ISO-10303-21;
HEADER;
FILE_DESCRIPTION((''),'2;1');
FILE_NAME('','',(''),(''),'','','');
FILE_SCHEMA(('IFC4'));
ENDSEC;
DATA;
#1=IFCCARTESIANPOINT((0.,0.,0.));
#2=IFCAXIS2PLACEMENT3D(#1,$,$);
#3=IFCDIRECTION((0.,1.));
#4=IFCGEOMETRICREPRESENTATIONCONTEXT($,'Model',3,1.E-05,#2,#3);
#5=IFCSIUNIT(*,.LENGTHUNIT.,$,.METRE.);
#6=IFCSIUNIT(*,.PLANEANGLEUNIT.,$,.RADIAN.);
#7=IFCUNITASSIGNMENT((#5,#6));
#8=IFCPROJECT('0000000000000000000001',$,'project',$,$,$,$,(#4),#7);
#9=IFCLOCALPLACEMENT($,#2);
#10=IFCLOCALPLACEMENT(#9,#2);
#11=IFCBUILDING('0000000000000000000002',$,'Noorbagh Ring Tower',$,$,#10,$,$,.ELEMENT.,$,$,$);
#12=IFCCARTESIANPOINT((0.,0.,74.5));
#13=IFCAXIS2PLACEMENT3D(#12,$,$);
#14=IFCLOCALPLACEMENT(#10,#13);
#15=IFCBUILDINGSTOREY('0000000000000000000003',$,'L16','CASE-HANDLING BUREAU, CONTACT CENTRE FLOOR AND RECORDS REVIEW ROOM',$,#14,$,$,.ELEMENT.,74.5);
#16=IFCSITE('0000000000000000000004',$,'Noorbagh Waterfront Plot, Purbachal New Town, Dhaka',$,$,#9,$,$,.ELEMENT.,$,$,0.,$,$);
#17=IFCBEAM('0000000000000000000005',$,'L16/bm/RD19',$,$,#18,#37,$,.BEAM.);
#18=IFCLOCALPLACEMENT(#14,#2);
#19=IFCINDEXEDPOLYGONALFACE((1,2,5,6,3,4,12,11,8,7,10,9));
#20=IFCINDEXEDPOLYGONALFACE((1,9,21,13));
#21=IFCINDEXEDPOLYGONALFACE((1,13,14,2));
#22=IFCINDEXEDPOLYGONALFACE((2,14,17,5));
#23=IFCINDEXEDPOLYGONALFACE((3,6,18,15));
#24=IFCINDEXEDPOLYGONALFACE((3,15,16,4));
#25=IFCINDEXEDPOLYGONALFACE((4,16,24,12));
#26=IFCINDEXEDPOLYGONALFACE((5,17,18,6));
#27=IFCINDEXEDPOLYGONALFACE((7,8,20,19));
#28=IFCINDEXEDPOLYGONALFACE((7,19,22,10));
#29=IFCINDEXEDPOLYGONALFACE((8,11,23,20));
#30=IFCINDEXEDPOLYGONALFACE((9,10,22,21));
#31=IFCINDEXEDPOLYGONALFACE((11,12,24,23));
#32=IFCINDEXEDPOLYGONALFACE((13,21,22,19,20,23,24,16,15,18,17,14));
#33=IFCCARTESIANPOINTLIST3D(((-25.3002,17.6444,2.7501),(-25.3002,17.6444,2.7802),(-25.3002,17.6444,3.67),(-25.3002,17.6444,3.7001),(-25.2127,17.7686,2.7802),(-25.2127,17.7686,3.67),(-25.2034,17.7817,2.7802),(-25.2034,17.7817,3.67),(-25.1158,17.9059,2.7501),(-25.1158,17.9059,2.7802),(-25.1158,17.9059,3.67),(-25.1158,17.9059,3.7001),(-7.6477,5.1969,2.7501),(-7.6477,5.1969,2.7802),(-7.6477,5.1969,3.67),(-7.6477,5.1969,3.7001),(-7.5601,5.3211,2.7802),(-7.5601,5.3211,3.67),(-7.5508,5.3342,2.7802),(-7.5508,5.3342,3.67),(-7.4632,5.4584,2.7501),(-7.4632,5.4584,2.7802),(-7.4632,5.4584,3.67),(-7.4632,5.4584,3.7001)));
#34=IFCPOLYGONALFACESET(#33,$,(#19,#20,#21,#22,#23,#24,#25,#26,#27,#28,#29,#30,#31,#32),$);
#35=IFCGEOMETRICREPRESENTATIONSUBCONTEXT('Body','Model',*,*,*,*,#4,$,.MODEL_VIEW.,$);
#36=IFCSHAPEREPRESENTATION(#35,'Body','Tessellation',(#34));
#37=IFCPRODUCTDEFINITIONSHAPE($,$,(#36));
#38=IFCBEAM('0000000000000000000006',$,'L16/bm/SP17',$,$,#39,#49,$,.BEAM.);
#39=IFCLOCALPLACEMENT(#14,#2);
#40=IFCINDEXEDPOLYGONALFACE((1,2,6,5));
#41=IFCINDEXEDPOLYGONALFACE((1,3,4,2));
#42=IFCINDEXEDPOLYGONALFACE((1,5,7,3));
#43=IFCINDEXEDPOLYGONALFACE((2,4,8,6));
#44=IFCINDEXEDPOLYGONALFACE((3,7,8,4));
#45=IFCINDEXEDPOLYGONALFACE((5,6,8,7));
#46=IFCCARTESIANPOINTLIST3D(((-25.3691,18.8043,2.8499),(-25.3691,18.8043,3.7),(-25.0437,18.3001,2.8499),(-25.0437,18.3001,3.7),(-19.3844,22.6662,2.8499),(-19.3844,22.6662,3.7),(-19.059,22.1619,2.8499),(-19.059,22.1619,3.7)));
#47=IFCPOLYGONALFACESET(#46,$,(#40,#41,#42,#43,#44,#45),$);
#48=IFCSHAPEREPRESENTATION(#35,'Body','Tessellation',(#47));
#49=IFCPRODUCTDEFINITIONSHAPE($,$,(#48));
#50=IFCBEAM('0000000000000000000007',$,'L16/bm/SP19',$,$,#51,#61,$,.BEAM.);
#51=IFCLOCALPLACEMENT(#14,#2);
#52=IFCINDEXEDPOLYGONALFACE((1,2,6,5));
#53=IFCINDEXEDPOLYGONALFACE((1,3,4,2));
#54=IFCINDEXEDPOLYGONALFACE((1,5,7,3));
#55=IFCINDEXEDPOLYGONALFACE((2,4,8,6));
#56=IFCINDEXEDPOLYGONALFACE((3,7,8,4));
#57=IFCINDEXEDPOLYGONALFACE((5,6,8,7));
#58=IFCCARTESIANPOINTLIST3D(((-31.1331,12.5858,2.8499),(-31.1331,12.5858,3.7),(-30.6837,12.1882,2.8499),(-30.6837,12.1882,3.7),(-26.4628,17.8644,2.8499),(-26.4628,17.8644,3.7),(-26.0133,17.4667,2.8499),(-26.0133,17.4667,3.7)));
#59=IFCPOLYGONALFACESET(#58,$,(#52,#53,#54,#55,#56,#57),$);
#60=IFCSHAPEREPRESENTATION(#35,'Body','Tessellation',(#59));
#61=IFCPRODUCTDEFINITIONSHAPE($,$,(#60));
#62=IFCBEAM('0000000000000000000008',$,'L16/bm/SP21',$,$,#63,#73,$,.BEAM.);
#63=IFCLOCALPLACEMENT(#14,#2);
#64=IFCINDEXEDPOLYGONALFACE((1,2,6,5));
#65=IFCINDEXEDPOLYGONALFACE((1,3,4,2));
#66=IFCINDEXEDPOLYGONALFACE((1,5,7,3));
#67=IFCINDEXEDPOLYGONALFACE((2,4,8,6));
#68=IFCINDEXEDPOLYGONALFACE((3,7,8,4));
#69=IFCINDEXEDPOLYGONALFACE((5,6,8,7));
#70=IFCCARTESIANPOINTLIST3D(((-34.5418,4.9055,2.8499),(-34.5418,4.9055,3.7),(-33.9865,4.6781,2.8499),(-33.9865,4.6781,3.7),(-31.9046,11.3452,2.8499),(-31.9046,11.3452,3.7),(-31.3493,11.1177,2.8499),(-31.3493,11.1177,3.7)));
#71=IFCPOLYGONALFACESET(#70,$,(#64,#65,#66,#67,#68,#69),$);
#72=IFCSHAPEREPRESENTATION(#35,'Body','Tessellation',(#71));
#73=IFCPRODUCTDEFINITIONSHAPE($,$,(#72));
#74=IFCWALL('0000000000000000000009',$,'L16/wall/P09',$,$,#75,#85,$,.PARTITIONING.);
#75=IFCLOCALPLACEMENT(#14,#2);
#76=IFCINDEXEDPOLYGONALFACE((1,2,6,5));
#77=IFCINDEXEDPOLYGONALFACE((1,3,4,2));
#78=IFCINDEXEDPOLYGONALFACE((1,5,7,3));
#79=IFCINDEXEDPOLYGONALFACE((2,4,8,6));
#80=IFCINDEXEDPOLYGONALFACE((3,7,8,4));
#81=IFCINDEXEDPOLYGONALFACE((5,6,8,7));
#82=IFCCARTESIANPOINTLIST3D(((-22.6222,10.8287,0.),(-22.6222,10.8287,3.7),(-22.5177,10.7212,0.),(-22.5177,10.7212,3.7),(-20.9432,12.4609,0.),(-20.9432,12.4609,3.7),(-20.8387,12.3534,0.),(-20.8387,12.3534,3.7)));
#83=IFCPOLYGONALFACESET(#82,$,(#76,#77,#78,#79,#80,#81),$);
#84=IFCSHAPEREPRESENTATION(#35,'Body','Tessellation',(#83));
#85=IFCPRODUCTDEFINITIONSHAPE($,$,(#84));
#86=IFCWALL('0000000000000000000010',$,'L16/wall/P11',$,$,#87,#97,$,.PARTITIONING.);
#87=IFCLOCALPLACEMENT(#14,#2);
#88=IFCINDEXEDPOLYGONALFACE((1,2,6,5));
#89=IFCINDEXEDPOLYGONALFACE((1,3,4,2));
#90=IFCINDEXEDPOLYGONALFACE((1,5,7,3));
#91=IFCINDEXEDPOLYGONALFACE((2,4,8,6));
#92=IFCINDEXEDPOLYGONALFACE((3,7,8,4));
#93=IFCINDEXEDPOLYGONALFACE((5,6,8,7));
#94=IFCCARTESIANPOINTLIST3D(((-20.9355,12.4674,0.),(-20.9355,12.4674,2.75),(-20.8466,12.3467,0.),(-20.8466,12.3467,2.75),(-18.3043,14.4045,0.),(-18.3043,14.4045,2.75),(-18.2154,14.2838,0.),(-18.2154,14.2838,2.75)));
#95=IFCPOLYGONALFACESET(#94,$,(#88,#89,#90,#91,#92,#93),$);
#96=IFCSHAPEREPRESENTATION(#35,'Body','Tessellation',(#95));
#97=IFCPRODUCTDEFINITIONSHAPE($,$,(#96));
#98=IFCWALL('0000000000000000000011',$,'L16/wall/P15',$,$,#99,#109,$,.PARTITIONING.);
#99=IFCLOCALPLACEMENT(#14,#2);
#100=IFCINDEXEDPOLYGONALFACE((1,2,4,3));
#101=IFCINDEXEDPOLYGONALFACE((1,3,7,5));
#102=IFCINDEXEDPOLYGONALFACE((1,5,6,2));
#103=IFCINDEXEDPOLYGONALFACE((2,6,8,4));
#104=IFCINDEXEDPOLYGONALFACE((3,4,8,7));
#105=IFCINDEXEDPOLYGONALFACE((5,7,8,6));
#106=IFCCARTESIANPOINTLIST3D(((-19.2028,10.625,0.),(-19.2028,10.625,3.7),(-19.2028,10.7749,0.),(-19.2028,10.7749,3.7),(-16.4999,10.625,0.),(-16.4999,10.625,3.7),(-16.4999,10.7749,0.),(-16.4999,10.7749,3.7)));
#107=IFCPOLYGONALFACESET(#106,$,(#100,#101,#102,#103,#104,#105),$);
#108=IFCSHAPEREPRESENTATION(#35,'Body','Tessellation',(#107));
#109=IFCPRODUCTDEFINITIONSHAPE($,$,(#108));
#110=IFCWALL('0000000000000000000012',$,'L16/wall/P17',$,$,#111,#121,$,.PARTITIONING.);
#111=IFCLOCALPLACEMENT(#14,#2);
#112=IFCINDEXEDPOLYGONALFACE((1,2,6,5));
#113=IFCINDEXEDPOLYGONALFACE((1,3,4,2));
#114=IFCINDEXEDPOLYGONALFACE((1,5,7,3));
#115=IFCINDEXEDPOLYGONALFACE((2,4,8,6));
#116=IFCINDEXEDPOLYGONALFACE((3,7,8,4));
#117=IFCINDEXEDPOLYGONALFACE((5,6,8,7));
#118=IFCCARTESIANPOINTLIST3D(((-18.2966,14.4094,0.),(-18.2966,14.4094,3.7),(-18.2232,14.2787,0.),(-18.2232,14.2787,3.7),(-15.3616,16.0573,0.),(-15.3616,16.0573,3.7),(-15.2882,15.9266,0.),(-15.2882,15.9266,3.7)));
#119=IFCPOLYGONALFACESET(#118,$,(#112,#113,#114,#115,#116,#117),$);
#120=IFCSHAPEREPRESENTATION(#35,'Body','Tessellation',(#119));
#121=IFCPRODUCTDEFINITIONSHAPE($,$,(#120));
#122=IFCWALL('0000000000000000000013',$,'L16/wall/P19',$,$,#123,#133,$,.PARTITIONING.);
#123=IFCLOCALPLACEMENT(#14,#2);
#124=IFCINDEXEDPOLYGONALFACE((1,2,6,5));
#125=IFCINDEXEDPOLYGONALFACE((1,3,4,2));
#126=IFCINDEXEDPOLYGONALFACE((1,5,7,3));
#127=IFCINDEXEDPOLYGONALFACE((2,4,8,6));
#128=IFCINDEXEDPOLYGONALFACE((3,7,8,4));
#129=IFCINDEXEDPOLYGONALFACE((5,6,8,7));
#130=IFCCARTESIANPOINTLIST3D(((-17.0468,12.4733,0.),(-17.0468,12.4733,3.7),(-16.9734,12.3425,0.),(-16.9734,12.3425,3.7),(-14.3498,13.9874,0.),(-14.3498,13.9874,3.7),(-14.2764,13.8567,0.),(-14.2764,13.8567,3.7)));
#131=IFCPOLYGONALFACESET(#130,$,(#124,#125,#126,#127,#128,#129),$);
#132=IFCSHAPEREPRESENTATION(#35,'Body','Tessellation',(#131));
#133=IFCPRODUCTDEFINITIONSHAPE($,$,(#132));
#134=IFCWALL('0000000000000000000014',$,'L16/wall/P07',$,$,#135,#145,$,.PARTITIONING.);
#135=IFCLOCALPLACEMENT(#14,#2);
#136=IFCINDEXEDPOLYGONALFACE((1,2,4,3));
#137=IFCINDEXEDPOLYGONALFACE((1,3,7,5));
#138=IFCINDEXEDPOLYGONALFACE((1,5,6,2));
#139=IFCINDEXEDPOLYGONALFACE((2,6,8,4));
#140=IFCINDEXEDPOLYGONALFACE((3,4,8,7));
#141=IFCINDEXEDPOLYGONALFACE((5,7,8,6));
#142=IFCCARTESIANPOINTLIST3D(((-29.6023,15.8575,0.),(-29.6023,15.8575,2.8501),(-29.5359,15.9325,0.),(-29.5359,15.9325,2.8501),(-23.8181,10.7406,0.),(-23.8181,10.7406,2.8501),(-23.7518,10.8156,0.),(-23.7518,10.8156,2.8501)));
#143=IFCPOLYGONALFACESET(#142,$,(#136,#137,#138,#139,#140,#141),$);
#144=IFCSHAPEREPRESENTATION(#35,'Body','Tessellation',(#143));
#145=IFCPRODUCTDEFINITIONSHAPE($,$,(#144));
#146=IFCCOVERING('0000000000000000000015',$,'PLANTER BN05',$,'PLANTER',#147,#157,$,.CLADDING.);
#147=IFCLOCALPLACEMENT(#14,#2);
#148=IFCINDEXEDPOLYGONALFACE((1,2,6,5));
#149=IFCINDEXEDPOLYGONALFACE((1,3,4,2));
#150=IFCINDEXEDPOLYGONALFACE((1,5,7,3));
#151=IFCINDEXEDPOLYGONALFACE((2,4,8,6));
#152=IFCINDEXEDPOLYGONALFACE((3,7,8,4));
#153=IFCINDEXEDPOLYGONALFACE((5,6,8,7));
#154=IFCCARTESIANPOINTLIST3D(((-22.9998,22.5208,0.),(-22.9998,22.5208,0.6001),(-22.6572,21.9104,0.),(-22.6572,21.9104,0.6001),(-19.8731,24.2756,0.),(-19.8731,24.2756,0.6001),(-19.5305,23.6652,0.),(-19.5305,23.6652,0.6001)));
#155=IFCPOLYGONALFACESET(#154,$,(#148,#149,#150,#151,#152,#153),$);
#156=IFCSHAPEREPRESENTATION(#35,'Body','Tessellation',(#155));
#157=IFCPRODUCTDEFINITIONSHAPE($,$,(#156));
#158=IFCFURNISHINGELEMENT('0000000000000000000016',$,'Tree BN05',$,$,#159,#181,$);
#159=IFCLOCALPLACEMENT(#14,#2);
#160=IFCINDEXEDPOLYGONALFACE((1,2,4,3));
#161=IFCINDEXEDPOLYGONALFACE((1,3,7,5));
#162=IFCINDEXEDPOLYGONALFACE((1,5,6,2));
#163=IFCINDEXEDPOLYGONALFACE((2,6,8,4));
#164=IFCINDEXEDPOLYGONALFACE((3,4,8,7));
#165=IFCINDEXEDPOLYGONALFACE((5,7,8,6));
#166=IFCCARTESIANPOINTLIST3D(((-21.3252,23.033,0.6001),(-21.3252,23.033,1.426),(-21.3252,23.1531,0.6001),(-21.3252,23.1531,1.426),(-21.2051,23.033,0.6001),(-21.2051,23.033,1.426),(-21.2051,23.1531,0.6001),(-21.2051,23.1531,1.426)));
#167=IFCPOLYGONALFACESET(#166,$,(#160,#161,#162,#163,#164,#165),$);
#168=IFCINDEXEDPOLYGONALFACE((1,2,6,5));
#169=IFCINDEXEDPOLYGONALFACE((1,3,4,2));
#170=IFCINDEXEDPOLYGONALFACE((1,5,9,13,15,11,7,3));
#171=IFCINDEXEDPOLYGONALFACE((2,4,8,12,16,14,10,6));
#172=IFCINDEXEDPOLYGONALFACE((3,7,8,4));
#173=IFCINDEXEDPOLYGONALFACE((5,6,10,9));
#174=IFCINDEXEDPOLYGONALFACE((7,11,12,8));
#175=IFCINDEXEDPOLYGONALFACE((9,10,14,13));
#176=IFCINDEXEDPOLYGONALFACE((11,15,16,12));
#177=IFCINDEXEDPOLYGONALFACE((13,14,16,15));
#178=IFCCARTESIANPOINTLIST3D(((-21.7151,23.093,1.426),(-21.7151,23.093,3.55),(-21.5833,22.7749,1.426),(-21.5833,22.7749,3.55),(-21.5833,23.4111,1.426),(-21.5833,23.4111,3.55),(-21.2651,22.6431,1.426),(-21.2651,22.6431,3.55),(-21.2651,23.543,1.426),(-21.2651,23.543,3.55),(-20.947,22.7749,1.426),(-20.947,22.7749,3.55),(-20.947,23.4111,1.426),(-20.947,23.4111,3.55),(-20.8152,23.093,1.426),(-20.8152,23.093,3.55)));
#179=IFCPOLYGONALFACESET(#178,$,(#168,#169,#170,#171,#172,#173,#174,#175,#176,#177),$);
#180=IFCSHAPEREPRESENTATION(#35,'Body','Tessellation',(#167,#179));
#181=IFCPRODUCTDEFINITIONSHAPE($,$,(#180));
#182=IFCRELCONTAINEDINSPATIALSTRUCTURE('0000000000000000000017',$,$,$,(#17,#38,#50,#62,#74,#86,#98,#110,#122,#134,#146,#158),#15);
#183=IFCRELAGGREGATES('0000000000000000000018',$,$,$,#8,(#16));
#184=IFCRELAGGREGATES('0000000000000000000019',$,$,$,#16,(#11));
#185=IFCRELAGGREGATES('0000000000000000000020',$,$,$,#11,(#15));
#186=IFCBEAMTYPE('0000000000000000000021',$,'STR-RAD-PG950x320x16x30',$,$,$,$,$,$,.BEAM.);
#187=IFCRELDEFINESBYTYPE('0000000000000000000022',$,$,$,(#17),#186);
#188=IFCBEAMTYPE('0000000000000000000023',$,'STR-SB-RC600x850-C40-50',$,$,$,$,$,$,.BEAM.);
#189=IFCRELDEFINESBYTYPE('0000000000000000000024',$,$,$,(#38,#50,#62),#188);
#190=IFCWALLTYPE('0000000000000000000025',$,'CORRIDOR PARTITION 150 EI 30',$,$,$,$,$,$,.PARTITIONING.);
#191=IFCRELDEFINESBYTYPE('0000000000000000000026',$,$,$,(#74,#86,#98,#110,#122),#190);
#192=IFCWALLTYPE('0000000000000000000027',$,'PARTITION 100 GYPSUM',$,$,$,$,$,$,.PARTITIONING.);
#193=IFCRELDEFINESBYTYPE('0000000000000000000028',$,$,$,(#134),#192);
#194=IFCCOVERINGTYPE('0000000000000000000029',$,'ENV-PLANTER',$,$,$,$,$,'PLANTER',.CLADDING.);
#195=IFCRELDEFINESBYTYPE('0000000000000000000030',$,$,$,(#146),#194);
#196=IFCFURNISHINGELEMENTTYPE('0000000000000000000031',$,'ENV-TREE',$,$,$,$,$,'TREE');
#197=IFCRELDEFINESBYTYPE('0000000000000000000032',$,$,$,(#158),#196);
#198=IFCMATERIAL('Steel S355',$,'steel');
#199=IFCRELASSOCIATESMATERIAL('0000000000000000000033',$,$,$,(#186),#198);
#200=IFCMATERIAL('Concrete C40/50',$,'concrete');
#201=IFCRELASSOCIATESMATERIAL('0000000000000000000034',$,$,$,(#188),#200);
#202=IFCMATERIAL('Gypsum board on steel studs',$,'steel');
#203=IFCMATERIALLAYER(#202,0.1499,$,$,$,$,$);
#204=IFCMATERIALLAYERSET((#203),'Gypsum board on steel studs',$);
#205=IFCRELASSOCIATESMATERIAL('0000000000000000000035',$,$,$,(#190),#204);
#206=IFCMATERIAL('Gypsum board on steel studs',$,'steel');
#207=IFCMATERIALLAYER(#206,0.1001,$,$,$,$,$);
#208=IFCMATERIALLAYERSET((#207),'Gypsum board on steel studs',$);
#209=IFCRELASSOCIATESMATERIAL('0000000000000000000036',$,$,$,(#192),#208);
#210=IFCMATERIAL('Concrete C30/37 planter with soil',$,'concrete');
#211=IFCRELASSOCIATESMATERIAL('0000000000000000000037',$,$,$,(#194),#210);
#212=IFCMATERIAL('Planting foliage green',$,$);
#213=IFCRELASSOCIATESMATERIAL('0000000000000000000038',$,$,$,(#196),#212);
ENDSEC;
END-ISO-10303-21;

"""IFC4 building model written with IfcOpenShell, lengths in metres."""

from ifc_helpers import new_model, si_unit, direction, frame, frame_2d, origin, origin_2d, place, context, subcontext, project, spatial, polyline, rectangle, i_section, outline, extrude, material, layer, layer_set, material_profile, profile_set, type_object, element, save


model = new_model("IFC4")

# Units and contexts
model_context = context("Model", 3, precision=1e-05, world=origin(), true_north=direction((0.0, 1.0)))
body_context = subcontext(model_context, "Body", "Model", "MODEL_VIEW")
ifc_project = project(units=[si_unit("LENGTHUNIT", "METRE"), si_unit("PLANEANGLEUNIT", "RADIAN")], contexts=[model_context])

# Site, building, storey
site_placement = place(None, origin())
site = spatial("IfcSite", under=ifc_project, at=site_placement, Name="Noorbagh Waterfront Plot, Purbachal New Town, Dhaka", CompositionType="ELEMENT", RefElevation=0.0)
building_placement = place(site_placement, origin())
building = spatial("IfcBuilding", under=site, at=building_placement, Name="Noorbagh Ring Tower", CompositionType="ELEMENT")
storey_placement = place(building_placement, frame((0.0, 0.0, 74.5)))
storey = spatial("IfcBuildingStorey", under=building, at=storey_placement, Name="L16", Description="CASE-HANDLING BUREAU, CONTACT CENTRE FLOOR AND RECORDS REVIEW ROOM", CompositionType="ELEMENT", Elevation=74.5)

# Beams
ifc_material_1 = material(Name="Steel S355", Category="steel")
ifc_material_profile_1 = material_profile(ifc_material_1, i_section(OverallWidth=0.3201, OverallDepth=0.95, WebThickness=0.0161, FlangeThickness=0.03, at=origin_2d()), Name="PG950x320x16x30")
ifc_profile_set_1 = profile_set([ifc_material_profile_1], Name="Steel S355")
beam_type_1 = type_object("IfcBeamType", Name="STR-RAD-PG950x320x16x30", PredefinedType="BEAM", material=ifc_profile_set_1)
beam_1_placement = place(storey_placement, frame((-25.208, 17.7751, 3.2251), z_axis=(0.817254, -0.576277, 0.0), x_axis=(0.576277, 0.817254, 0.0)))
element("IfcBeam", 1, at=beam_1_placement, inside=storey, type_object=beam_type_1, Name="L16/bm/RD19", PredefinedType="BEAM", context=body_context, shape_type="SweptSolid", body=[
    extrude(i_section(OverallWidth=0.3201, OverallDepth=0.95, WebThickness=0.0161, FlangeThickness=0.03, at=origin_2d()), origin(), (0.0, 0.0, 1.0), 21.5999),
])
ifc_material_2 = material(Name="Concrete C40/50", Category="concrete")
ifc_material_profile_2 = material_profile(ifc_material_2, rectangle(XDim=0.6001, YDim=0.8501, at=origin_2d()), Name="RC600x850")
ifc_profile_set_2 = profile_set([ifc_material_profile_2], Name="Concrete C40/50")
beam_type_2 = type_object("IfcBeamType", Name="STR-SB-RC600x850-C40-50", PredefinedType="BEAM", material=ifc_profile_set_2)
beam_2_placement = place(storey_placement, frame((-19.2217, 22.4141, 3.2749), z_axis=(-0.840247, -0.542203, 0.0), x_axis=(0.542203, -0.840247, 0.0)))
element("IfcBeam", 2, at=beam_2_placement, inside=storey, type_object=beam_type_2, Name="L16/bm/SP17", PredefinedType="BEAM", context=body_context, shape_type="SweptSolid", body=[
    extrude(rectangle(XDim=0.6001, YDim=0.8501, at=origin_2d()), origin(), (0.0, 0.0, 1.0), 7.1226),
])
beam_3_placement = place(storey_placement, frame((-26.238, 17.6655, 3.2749), z_axis=(-0.662646, -0.748932, 0.0), x_axis=(0.748932, -0.662646, 0.0)))
element("IfcBeam", 3, at=beam_3_placement, inside=storey, type_object=beam_type_2, Name="L16/bm/SP19", PredefinedType="BEAM", context=body_context, shape_type="SweptSolid", body=[
    extrude(rectangle(XDim=0.6001, YDim=0.8501, at=origin_2d()), origin(), (0.0, 0.0, 1.0), 7.0481),
])
beam_4_placement = place(storey_placement, frame((-31.627, 11.2314, 3.2749), z_axis=(-0.378976, -0.925407, 0.0), x_axis=(0.925407, -0.378976, 0.0)))
element("IfcBeam", 4, at=beam_4_placement, inside=storey, type_object=beam_type_2, Name="L16/bm/SP21", PredefinedType="BEAM", context=body_context, shape_type="SweptSolid", body=[
    extrude(rectangle(XDim=0.6001, YDim=0.8501, at=origin_2d()), origin(), (0.0, 0.0, 1.0), 6.9587),
])

# Walls
ifc_material_3 = material(Name="Gypsum board on steel studs", Category="steel")
ifc_layer_1 = layer(ifc_material_3, 0.1499)
ifc_layer_set_1 = layer_set([ifc_layer_1], Name="Gypsum board on steel studs")
wall_type_1 = type_object("IfcWallType", Name="CORRIDOR PARTITION 150 EI 30", PredefinedType="PARTITIONING", material=ifc_layer_set_1)
wall_1_placement = place(storey_placement, frame((-22.5701, 10.7749, 0.0), z_axis=(0.0, 0.0, 1.0), x_axis=(0.717046, 0.697026, 0.0)))
element("IfcWall", 5, at=wall_1_placement, inside=storey, type_object=wall_type_1, Name="L16/wall/P09", PredefinedType="PARTITIONING", context=body_context, shape_type="SweptSolid", body=[
    extrude(rectangle(XDim=2.3416, YDim=0.1499, at=frame_2d((1.1709, 0.0))), origin(), (0.0, 0.0, 1.0), 3.7),
])
wall_2_placement = place(storey_placement, frame((-20.8911, 12.407, 0.0), z_axis=(0.0, 0.0, 1.0), x_axis=(0.805304, 0.592863, 0.0)))
element("IfcWall", 6, at=wall_2_placement, inside=storey, type_object=wall_type_1, Name="L16/wall/P11", PredefinedType="PARTITIONING", context=body_context, shape_type="SweptSolid", body=[
    extrude(rectangle(XDim=3.2673, YDim=0.1499, at=frame_2d((1.6338, 0.0))), origin(), (0.0, 0.0, 1.0), 2.75),
])
wall_3_placement = place(storey_placement, frame((-19.2029, 10.7, 0.0), z_axis=(0.0, 0.0, 1.0), x_axis=(1.0, 0.0, 0.0)))
element("IfcWall", 7, at=wall_3_placement, inside=storey, type_object=wall_type_1, Name="L16/wall/P15", PredefinedType="PARTITIONING", context=body_context, shape_type="SweptSolid", body=[
    extrude(rectangle(XDim=2.7029, YDim=0.1499, at=frame_2d((1.3516, 0.0))), origin(), (0.0, 0.0, 1.0), 3.7),
])
wall_4_placement = place(storey_placement, frame((-18.26, 14.344, 0.0), z_axis=(0.0, 0.0, 1.0), x_axis=(0.871959, 0.489579, 0.0)))
element("IfcWall", 8, at=wall_4_placement, inside=storey, type_object=wall_type_1, Name="L16/wall/P17", PredefinedType="PARTITIONING", context=body_context, shape_type="SweptSolid", body=[
    extrude(rectangle(XDim=3.366, YDim=0.1499, at=frame_2d((1.6831, 0.0))), origin(), (0.0, 0.0, 1.0), 3.7),
])
wall_5_placement = place(storey_placement, frame((-17.01, 12.408, 0.0), z_axis=(0.0, 0.0, 1.0), x_axis=(0.871978, 0.489545, 0.0)))
element("IfcWall", 9, at=wall_5_placement, inside=storey, type_object=wall_type_1, Name="L16/wall/P19", PredefinedType="PARTITIONING", context=body_context, shape_type="SweptSolid", body=[
    extrude(rectangle(XDim=3.093, YDim=0.1499, at=frame_2d((1.5464, 0.0))), origin(), (0.0, 0.0, 1.0), 3.7),
])
ifc_material_4 = material(Name="Gypsum board on steel studs", Category="steel")
ifc_layer_2 = layer(ifc_material_4, 0.1001)
ifc_layer_set_2 = layer_set([ifc_layer_2], Name="Gypsum board on steel studs")
wall_type_2 = type_object("IfcWallType", Name="PARTITION 100 GYPSUM", PredefinedType="PARTITIONING", material=ifc_layer_set_2)
wall_6_placement = place(storey_placement, frame((-29.5691, 15.895, 0.0), z_axis=(0.0, 0.0, 1.0), x_axis=(0.748986, -0.662586, 0.0)))
element("IfcWall", 10, at=wall_6_placement, inside=storey, type_object=wall_type_2, Name="L16/wall/P07", PredefinedType="PARTITIONING", context=body_context, shape_type="SweptSolid", body=[
    extrude(rectangle(XDim=7.7227, YDim=0.1001, at=frame_2d((3.8613, 0.0))), origin(), (0.0, 0.0, 1.0), 2.8501),
])

# Covering
ifc_material_5 = material(Name="Concrete C30/37 planter with soil", Category="concrete")
covering_type = type_object("IfcCoveringType", Name="ENV-PLANTER", ElementType="PLANTER", PredefinedType="CLADDING", material=ifc_material_5)
covering_placement = place(storey_placement, frame((-21.2651, 23.093, 0.0), z_axis=(0.0, 0.0, 1.0), x_axis=(-0.872045, -0.489426, 0.0)))
element("IfcCovering", 11, at=covering_placement, inside=storey, type_object=covering_type, Name="PLANTER BN05", ObjectType="PLANTER", PredefinedType="CLADDING", context=body_context, shape_type="SweptSolid", body=[
    extrude(rectangle(XDim=3.5854, YDim=0.7, at=origin_2d()), origin(), (0.0, 0.0, 1.0), 0.6001),
])

# Furnishing element
ifc_material_6 = material(Name="Planting foliage green")
furnishing_element_type = type_object("IfcFurnishingElementType", Name="ENV-TREE", ElementType="TREE", material=ifc_material_6)
furnishing_placement = place(storey_placement, frame((-21.2651, 23.093, 0.6001), z_axis=(0.0, 0.0, 1.0), x_axis=(1.0, 0.0, 0.0)))
element("IfcFurnishingElement", 12, at=furnishing_placement, inside=storey, type_object=furnishing_element_type, Name="Tree BN05", context=body_context, shape_type="SweptSolid", body=[
    extrude(rectangle(XDim=0.1201, YDim=0.1201, at=origin_2d()), origin(), (0.0, 0.0, 1.0), 0.8259),
    extrude(outline(polyline([(0.45, 0.0), (0.3181, 0.3181), (0.0, 0.45), (-0.3181, 0.3181), (-0.45, 0.0), (-0.3181, -0.3181), (0.0, -0.45), (0.3181, -0.3181), (0.45, 0.0)])), frame((0.0, 0.0, 0.8259)), (0.0, 0.0, 1.0), 2.124),
])

save(model, "model.ifc")
